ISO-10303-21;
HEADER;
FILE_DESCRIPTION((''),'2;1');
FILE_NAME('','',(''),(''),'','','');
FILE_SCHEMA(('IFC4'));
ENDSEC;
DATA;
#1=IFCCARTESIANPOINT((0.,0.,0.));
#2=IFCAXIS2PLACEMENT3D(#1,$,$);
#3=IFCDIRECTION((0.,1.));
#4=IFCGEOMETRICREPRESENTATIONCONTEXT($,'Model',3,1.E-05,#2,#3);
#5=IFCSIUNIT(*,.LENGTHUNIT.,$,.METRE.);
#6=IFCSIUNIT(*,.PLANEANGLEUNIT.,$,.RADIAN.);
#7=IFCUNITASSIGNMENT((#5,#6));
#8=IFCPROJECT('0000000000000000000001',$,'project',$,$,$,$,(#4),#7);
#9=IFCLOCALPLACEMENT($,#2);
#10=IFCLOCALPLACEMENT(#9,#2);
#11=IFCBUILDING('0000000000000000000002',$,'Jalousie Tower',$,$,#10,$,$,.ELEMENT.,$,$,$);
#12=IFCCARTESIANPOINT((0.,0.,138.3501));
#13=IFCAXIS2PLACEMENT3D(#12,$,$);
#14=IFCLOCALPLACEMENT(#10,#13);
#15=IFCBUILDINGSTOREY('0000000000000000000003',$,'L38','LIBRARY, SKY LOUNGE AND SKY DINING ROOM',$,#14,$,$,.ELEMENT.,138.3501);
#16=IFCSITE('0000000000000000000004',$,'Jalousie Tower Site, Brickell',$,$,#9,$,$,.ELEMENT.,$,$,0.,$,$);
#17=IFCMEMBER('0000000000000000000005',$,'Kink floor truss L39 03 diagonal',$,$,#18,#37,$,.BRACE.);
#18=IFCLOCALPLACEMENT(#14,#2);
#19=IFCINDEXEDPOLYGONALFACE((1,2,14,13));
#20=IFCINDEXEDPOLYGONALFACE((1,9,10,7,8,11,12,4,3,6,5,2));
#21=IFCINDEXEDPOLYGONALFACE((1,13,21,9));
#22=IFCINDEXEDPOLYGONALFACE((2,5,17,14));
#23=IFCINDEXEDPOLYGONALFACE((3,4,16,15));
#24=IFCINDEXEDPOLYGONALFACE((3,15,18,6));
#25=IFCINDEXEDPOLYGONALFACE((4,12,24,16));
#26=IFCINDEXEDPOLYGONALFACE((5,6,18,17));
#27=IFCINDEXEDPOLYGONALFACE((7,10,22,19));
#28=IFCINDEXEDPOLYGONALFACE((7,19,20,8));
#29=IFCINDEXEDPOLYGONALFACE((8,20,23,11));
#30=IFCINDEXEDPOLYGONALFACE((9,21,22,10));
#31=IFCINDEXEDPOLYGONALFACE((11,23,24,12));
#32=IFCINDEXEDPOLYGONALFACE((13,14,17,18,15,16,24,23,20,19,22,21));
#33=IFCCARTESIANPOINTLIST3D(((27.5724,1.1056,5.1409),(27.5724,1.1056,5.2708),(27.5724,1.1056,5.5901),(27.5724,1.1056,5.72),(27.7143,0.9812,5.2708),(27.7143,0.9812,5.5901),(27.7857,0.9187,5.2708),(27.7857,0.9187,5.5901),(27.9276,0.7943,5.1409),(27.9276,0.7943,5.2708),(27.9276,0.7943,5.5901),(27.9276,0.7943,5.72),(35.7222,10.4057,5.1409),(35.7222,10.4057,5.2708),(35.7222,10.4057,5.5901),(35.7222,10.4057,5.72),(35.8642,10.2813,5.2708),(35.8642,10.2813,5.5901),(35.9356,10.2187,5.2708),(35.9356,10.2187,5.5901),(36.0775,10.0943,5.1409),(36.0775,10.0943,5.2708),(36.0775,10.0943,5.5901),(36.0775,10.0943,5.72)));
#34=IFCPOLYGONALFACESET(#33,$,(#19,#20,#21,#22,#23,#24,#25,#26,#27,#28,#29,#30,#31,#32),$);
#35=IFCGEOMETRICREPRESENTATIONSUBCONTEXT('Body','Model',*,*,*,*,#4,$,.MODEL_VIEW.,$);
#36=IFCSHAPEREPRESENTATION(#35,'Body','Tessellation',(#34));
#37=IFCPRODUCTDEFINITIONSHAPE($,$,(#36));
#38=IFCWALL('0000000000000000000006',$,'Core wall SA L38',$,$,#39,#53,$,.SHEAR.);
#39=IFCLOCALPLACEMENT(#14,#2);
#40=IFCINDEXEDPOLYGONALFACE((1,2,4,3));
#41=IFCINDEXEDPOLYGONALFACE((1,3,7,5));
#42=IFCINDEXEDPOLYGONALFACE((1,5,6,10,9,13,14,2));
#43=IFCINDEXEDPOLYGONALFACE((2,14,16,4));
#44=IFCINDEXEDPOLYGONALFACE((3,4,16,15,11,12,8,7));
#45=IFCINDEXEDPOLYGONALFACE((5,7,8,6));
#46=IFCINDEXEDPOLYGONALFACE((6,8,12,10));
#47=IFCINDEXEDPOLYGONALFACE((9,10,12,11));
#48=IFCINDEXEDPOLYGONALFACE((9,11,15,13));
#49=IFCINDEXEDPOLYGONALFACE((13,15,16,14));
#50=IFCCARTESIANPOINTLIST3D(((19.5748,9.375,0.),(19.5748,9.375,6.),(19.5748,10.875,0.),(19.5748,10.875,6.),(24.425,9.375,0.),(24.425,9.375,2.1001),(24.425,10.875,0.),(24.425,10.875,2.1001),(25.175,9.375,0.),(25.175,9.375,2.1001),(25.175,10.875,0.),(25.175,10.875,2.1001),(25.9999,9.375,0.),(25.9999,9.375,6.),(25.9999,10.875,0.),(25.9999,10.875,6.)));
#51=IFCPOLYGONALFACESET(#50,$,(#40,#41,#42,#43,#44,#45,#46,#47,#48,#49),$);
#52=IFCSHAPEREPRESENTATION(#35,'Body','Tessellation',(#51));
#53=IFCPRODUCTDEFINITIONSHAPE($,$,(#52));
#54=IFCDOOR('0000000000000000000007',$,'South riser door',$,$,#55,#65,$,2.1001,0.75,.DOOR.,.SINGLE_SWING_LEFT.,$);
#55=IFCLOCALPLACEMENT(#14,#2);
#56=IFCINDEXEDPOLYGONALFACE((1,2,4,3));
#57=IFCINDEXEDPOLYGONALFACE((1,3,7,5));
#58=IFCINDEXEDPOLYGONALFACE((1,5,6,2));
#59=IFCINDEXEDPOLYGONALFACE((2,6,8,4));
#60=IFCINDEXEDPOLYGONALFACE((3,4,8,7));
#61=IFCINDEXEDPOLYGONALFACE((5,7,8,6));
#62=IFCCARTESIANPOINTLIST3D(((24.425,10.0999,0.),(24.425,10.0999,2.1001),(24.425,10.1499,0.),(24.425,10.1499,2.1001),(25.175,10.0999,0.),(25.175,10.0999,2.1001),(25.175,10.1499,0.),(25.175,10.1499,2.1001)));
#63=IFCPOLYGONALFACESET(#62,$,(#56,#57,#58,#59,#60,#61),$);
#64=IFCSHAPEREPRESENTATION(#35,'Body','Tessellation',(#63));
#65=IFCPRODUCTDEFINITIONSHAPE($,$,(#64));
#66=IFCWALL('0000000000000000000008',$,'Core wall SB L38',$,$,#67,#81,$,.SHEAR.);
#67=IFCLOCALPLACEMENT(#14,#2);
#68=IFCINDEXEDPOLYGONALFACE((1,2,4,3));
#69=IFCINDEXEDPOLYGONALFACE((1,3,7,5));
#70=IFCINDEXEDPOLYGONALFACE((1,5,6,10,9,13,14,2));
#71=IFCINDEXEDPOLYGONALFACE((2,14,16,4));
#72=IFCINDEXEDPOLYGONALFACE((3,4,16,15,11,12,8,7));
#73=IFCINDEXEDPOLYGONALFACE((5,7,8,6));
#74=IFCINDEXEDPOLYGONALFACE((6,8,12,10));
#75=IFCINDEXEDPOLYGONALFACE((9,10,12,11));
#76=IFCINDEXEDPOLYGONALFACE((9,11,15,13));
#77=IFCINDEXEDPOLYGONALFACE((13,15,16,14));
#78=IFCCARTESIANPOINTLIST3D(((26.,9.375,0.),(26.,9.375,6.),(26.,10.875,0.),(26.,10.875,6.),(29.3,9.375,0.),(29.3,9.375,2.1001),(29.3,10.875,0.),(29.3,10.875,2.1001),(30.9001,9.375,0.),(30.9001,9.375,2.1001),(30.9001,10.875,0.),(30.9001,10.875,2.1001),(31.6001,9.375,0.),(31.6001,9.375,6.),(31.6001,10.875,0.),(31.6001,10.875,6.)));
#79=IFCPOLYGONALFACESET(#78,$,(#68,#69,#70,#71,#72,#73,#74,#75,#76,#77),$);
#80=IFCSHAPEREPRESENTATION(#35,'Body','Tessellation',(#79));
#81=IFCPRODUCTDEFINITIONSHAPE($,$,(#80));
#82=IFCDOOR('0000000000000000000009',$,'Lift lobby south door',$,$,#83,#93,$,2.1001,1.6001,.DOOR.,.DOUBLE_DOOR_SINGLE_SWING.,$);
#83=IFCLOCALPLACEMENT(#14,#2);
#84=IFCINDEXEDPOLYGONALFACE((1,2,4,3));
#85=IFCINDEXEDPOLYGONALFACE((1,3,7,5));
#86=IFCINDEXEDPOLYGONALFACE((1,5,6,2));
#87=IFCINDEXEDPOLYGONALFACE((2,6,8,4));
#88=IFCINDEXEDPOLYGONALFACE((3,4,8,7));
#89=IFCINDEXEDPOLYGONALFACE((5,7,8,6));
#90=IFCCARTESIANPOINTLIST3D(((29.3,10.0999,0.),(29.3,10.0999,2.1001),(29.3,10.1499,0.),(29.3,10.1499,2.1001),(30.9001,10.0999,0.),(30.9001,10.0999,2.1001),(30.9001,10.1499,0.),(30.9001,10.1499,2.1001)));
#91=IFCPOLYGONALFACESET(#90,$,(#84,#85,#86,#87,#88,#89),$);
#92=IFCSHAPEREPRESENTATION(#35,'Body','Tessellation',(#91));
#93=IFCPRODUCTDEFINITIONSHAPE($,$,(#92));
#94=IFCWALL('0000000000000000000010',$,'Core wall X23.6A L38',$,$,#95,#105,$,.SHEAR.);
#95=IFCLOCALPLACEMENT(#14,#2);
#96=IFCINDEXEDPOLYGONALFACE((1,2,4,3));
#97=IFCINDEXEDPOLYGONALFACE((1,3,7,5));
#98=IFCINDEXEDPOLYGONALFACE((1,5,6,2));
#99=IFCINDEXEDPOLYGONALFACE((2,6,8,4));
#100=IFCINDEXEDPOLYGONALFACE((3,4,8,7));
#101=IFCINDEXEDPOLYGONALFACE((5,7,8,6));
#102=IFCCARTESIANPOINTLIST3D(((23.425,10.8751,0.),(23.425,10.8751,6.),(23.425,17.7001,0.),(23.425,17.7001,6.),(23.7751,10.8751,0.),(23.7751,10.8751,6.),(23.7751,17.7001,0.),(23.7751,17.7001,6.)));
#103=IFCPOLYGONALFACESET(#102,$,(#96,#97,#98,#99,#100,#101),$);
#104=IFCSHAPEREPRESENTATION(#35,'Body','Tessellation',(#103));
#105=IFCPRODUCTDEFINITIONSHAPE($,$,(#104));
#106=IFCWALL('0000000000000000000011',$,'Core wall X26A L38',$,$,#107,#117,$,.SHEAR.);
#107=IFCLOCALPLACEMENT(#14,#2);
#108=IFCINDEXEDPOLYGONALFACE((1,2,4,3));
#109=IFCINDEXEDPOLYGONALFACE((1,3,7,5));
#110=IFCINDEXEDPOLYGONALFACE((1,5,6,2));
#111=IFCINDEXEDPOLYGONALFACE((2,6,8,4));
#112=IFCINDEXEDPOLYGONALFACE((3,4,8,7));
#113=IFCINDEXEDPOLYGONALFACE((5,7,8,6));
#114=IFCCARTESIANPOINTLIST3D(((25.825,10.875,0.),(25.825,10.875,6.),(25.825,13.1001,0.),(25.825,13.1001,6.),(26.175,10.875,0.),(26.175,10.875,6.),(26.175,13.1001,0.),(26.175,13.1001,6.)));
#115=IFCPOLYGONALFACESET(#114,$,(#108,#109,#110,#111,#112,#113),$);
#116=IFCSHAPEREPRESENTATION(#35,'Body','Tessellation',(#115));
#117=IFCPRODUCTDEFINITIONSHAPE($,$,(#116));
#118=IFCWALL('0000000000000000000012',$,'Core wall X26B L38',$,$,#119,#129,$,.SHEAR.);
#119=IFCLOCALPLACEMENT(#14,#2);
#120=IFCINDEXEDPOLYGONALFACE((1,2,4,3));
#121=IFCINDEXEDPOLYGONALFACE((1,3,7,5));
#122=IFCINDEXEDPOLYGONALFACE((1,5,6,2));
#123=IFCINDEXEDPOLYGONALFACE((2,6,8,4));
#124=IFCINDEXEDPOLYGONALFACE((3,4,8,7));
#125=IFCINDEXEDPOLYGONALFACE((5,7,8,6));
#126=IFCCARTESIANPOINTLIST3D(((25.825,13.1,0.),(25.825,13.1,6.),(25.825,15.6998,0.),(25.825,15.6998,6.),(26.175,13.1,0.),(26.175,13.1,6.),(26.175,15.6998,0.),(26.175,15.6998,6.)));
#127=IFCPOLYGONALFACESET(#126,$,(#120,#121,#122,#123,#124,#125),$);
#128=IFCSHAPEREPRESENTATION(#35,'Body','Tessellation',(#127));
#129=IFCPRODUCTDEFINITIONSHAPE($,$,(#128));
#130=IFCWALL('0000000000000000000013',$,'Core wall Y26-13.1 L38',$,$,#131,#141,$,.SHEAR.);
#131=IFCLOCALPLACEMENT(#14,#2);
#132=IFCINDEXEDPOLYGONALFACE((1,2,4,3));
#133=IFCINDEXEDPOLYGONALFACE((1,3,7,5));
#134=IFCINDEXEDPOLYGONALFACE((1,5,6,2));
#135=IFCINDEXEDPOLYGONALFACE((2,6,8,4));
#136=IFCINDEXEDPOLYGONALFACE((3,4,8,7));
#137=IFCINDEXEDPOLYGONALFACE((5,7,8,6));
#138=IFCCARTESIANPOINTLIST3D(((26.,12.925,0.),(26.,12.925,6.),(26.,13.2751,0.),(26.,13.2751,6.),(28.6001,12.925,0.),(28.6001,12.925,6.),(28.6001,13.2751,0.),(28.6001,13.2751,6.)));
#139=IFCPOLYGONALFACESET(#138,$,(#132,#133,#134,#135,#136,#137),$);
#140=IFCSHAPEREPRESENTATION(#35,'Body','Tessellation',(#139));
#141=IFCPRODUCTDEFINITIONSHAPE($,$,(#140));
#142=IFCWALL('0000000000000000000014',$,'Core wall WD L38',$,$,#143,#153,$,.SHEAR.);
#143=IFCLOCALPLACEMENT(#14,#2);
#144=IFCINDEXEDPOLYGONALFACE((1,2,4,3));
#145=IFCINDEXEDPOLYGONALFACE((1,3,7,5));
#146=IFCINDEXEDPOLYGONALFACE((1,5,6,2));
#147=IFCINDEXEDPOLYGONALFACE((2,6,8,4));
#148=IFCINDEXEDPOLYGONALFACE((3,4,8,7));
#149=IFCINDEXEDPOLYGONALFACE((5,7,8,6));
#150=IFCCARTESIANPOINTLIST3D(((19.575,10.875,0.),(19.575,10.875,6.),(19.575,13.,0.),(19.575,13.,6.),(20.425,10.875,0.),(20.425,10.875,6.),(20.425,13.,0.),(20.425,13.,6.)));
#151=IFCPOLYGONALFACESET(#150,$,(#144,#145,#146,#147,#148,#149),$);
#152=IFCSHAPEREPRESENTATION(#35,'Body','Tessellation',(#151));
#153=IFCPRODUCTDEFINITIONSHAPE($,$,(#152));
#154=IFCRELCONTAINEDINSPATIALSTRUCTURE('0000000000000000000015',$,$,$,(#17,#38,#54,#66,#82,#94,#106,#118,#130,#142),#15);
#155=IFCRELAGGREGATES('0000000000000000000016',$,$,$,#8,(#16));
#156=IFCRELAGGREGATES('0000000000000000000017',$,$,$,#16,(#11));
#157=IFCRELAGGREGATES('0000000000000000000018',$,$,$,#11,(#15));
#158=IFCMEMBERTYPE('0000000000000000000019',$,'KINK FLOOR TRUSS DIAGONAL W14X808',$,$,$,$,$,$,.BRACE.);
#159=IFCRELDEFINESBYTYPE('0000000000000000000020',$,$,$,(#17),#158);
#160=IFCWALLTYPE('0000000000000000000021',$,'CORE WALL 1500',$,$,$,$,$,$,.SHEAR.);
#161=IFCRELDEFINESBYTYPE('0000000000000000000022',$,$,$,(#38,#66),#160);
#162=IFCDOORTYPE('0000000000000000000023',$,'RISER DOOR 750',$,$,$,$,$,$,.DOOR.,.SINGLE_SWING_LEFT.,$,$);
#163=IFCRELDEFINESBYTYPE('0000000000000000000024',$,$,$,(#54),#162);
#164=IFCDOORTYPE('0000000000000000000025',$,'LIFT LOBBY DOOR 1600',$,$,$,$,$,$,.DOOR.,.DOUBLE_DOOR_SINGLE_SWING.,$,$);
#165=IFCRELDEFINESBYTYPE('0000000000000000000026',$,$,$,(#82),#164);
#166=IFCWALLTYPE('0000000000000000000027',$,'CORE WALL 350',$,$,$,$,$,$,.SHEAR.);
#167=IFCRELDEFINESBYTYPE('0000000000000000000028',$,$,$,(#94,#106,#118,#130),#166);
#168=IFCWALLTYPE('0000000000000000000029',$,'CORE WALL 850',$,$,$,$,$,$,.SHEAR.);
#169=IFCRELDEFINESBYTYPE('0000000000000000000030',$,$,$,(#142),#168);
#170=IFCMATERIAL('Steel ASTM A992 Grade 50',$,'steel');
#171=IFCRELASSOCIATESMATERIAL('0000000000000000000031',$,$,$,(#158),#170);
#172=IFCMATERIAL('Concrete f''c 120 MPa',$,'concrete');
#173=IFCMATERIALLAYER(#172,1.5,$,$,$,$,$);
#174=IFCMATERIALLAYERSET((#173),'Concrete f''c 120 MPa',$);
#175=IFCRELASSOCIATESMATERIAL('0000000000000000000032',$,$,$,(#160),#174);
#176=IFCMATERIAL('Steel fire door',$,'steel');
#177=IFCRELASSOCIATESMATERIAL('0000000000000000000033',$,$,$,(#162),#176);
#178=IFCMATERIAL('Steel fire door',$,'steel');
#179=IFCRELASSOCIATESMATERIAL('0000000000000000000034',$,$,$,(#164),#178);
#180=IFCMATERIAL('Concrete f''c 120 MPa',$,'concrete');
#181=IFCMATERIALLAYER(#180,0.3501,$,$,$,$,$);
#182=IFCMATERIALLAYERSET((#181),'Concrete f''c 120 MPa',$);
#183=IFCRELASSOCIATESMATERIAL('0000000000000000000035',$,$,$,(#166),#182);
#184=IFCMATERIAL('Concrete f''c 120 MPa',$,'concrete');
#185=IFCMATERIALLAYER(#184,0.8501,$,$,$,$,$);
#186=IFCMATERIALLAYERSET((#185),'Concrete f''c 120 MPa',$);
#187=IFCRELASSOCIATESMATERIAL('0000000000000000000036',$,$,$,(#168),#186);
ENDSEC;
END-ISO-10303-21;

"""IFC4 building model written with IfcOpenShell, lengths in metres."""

from ifc_helpers import new_model, si_unit, direction, frame, frame_2d, origin, origin_2d, place, context, subcontext, project, spatial, rectangle, i_section, extrude, material, layer, layer_set, material_profile, profile_set, type_object, element, fill, save


model = new_model("IFC4")

# Units and contexts
model_context = context("Model", 3, precision=1e-05, world=origin(), true_north=direction((0.0, 1.0)))
body_context = subcontext(model_context, "Body", "Model", "MODEL_VIEW")
ifc_project = project(units=[si_unit("LENGTHUNIT", "METRE"), si_unit("PLANEANGLEUNIT", "RADIAN")], contexts=[model_context])

# Site, building, storey
site_placement = place(None, origin())
site = spatial("IfcSite", under=ifc_project, at=site_placement, Name="Jalousie Tower Site, Brickell", CompositionType="ELEMENT", RefElevation=0.0)
building_placement = place(site_placement, origin())
building = spatial("IfcBuilding", under=site, at=building_placement, Name="Jalousie Tower", CompositionType="ELEMENT")
storey_placement = place(building_placement, frame((0.0, 0.0, 138.3501)))
storey = spatial("IfcBuildingStorey", under=building, at=storey_placement, Name="L38", Description="LIBRARY, SKY LOUNGE AND SKY DINING ROOM", CompositionType="ELEMENT", Elevation=138.3501)

# Member
ifc_material_1 = material(Name="Steel ASTM A992 Grade 50", Category="steel")
ifc_material_profile = material_profile(ifc_material_1, i_section(OverallWidth=0.4724, OverallDepth=0.5791, WebThickness=0.095, FlangeThickness=0.1299, at=origin_2d()), Name="W14X808")
ifc_profile_set = profile_set([ifc_material_profile], Name="Steel ASTM A992 Grade 50")
member_type = type_object("IfcMemberType", Name="KINK FLOOR TRUSS DIAGONAL W14X808", PredefinedType="BRACE", material=ifc_profile_set)
member_placement = place(storey_placement, frame((27.75, 0.95, 5.4304), z_axis=(0.659071, 0.752081, 0.0), x_axis=(-0.752081, 0.659071, 0.0)))
element("IfcMember", 1, at=member_placement, inside=storey, type_object=member_type, Name="Kink floor truss L39 03 diagonal", PredefinedType="BRACE", context=body_context, shape_type="SweptSolid", body=[
    extrude(i_section(OverallWidth=0.4724, OverallDepth=0.5791, WebThickness=0.095, FlangeThickness=0.1299, at=origin_2d()), origin(), (0.0, 0.0, 1.0), 12.3657),
])

# Walls, openings, doors
ifc_material_2 = material(Name="Concrete f'c 120 MPa", Category="concrete")
ifc_layer_1 = layer(ifc_material_2, 1.5)
ifc_layer_set_1 = layer_set([ifc_layer_1], Name="Concrete f'c 120 MPa")
wall_type_1 = type_object("IfcWallType", Name="CORE WALL 1500", PredefinedType="SHEAR", material=ifc_layer_set_1)
wall_1_placement = place(storey_placement, frame((19.575, 10.125, 0.0), z_axis=(0.0, 0.0, 1.0), x_axis=(1.0, 0.0, 0.0)))
wall_1 = element("IfcWall", 2, at=wall_1_placement, inside=storey, type_object=wall_type_1, Name="Core wall SA L38", PredefinedType="SHEAR", context=body_context, shape_type="SweptSolid", body=[
    extrude(rectangle(XDim=6.425, YDim=1.5, at=frame_2d((3.2124, 0.0))), origin(), (0.0, 0.0, 1.0), 6.0),
])
opening_1_placement = place(wall_1_placement, frame((4.8501, 0.0, 0.0)))
opening_1 = element("IfcOpeningElement", 3, at=opening_1_placement, cuts=wall_1, PredefinedType="OPENING", context=body_context, shape_type="SweptSolid", body=[
    extrude(rectangle(XDim=0.75, YDim=2.1001, at=frame_2d((0.375, 1.05))), frame((0.0, 0.76, 0.0), z_axis=(0.0, -1.0, 0.0), x_axis=(1.0, 0.0, 0.0)), (0.0, 0.0, 1.0), 1.52),
])
ifc_material_3 = material(Name="Steel fire door", Category="steel")
door_type_1 = type_object("IfcDoorType", Name="RISER DOOR 750", OperationType="SINGLE_SWING_LEFT", PredefinedType="DOOR", material=ifc_material_3)
door_1_placement = place(opening_1_placement, origin())
door_1 = element("IfcDoor", 4, at=door_1_placement, inside=storey, type_object=door_type_1, Name="South riser door", OperationType="SINGLE_SWING_LEFT", OverallHeight=2.1001, OverallWidth=0.75, PredefinedType="DOOR", context=body_context, shape_type="SweptSolid", body=[
    extrude(rectangle(XDim=0.75, YDim=2.1001, at=frame_2d((0.375, 1.05))), frame((0.0, 0.0249, 0.0), z_axis=(0.0, -1.0, 0.0), x_axis=(1.0, 0.0, 0.0)), (0.0, 0.0, 1.0), 0.05),
])
fill(opening_1, door_1)
wall_2_placement = place(storey_placement, frame((26.0, 10.125, 0.0), z_axis=(0.0, 0.0, 1.0), x_axis=(1.0, 0.0, 0.0)))
wall_2 = element("IfcWall", 5, at=wall_2_placement, inside=storey, type_object=wall_type_1, Name="Core wall SB L38", PredefinedType="SHEAR", context=body_context, shape_type="SweptSolid", body=[
    extrude(rectangle(XDim=5.6001, YDim=1.5, at=frame_2d((2.8, 0.0))), origin(), (0.0, 0.0, 1.0), 6.0),
])
opening_2_placement = place(wall_2_placement, frame((3.3, 0.0, 0.0)))
opening_2 = element("IfcOpeningElement", 6, at=opening_2_placement, cuts=wall_2, PredefinedType="OPENING", context=body_context, shape_type="SweptSolid", body=[
    extrude(rectangle(XDim=1.6001, YDim=2.1001, at=frame_2d((0.8, 1.05))), frame((0.0, 0.76, 0.0), z_axis=(0.0, -1.0, 0.0), x_axis=(1.0, 0.0, 0.0)), (0.0, 0.0, 1.0), 1.52),
])
ifc_material_4 = material(Name="Steel fire door", Category="steel")
door_type_2 = type_object("IfcDoorType", Name="LIFT LOBBY DOOR 1600", OperationType="DOUBLE_DOOR_SINGLE_SWING", PredefinedType="DOOR", material=ifc_material_4)
door_2_placement = place(opening_2_placement, origin())
door_2 = element("IfcDoor", 7, at=door_2_placement, inside=storey, type_object=door_type_2, Name="Lift lobby south door", OperationType="DOUBLE_DOOR_SINGLE_SWING", OverallHeight=2.1001, OverallWidth=1.6001, PredefinedType="DOOR", context=body_context, shape_type="SweptSolid", body=[
    extrude(rectangle(XDim=1.6001, YDim=2.1001, at=frame_2d((0.8, 1.05))), frame((0.0, 0.0249, 0.0), z_axis=(0.0, -1.0, 0.0), x_axis=(1.0, 0.0, 0.0)), (0.0, 0.0, 1.0), 0.05),
])
fill(opening_2, door_2)

# Walls
ifc_material_5 = material(Name="Concrete f'c 120 MPa", Category="concrete")
ifc_layer_2 = layer(ifc_material_5, 0.3501)
ifc_layer_set_2 = layer_set([ifc_layer_2], Name="Concrete f'c 120 MPa")
wall_type_2 = type_object("IfcWallType", Name="CORE WALL 350", PredefinedType="SHEAR", material=ifc_layer_set_2)
wall_3_placement = place(storey_placement, frame((23.6001, 10.875, 0.0), z_axis=(0.0, 0.0, 1.0), x_axis=(0.0, 1.0, 0.0)))
element("IfcWall", 8, at=wall_3_placement, inside=storey, type_object=wall_type_2, Name="Core wall X23.6A L38", PredefinedType="SHEAR", context=body_context, shape_type="SweptSolid", body=[
    extrude(rectangle(XDim=6.825, YDim=0.3501, at=frame_2d((3.4126, 0.0))), origin(), (0.0, 0.0, 1.0), 6.0),
])
wall_4_placement = place(storey_placement, frame((26.0, 10.875, 0.0), z_axis=(0.0, 0.0, 1.0), x_axis=(0.0, 1.0, 0.0)))
element("IfcWall", 9, at=wall_4_placement, inside=storey, type_object=wall_type_2, Name="Core wall X26A L38", PredefinedType="SHEAR", context=body_context, shape_type="SweptSolid", body=[
    extrude(rectangle(XDim=2.2251, YDim=0.3501, at=frame_2d((1.1125, 0.0))), origin(), (0.0, 0.0, 1.0), 6.0),
])
wall_5_placement = place(storey_placement, frame((26.0, 13.1001, 0.0), z_axis=(0.0, 0.0, 1.0), x_axis=(0.0, 1.0, 0.0)))
element("IfcWall", 10, at=wall_5_placement, inside=storey, type_object=wall_type_2, Name="Core wall X26B L38", PredefinedType="SHEAR", context=body_context, shape_type="SweptSolid", body=[
    extrude(rectangle(XDim=2.5999, YDim=0.3501, at=frame_2d((1.2998, 0.0))), origin(), (0.0, 0.0, 1.0), 6.0),
])
wall_6_placement = place(storey_placement, frame((26.0, 13.1001, 0.0), z_axis=(0.0, 0.0, 1.0), x_axis=(1.0, 0.0, 0.0)))
element("IfcWall", 11, at=wall_6_placement, inside=storey, type_object=wall_type_2, Name="Core wall Y26-13.1 L38", PredefinedType="SHEAR", context=body_context, shape_type="SweptSolid", body=[
    extrude(rectangle(XDim=2.6001, YDim=0.3501, at=frame_2d((1.3, 0.0))), origin(), (0.0, 0.0, 1.0), 6.0),
])
ifc_material_6 = material(Name="Concrete f'c 120 MPa", Category="concrete")
ifc_layer_3 = layer(ifc_material_6, 0.8501)
ifc_layer_set_3 = layer_set([ifc_layer_3], Name="Concrete f'c 120 MPa")
wall_type_3 = type_object("IfcWallType", Name="CORE WALL 850", PredefinedType="SHEAR", material=ifc_layer_set_3)
wall_7_placement = place(storey_placement, frame((20.0, 13.0, 0.0), z_axis=(0.0, 0.0, 1.0), x_axis=(0.0, -1.0, 0.0)))
element("IfcWall", 12, at=wall_7_placement, inside=storey, type_object=wall_type_3, Name="Core wall WD L38", PredefinedType="SHEAR", context=body_context, shape_type="SweptSolid", body=[
    extrude(rectangle(XDim=2.125, YDim=0.8501, at=frame_2d((1.0625, 0.0))), origin(), (0.0, 0.0, 1.0), 6.0),
])

save(model, "model.ifc")
